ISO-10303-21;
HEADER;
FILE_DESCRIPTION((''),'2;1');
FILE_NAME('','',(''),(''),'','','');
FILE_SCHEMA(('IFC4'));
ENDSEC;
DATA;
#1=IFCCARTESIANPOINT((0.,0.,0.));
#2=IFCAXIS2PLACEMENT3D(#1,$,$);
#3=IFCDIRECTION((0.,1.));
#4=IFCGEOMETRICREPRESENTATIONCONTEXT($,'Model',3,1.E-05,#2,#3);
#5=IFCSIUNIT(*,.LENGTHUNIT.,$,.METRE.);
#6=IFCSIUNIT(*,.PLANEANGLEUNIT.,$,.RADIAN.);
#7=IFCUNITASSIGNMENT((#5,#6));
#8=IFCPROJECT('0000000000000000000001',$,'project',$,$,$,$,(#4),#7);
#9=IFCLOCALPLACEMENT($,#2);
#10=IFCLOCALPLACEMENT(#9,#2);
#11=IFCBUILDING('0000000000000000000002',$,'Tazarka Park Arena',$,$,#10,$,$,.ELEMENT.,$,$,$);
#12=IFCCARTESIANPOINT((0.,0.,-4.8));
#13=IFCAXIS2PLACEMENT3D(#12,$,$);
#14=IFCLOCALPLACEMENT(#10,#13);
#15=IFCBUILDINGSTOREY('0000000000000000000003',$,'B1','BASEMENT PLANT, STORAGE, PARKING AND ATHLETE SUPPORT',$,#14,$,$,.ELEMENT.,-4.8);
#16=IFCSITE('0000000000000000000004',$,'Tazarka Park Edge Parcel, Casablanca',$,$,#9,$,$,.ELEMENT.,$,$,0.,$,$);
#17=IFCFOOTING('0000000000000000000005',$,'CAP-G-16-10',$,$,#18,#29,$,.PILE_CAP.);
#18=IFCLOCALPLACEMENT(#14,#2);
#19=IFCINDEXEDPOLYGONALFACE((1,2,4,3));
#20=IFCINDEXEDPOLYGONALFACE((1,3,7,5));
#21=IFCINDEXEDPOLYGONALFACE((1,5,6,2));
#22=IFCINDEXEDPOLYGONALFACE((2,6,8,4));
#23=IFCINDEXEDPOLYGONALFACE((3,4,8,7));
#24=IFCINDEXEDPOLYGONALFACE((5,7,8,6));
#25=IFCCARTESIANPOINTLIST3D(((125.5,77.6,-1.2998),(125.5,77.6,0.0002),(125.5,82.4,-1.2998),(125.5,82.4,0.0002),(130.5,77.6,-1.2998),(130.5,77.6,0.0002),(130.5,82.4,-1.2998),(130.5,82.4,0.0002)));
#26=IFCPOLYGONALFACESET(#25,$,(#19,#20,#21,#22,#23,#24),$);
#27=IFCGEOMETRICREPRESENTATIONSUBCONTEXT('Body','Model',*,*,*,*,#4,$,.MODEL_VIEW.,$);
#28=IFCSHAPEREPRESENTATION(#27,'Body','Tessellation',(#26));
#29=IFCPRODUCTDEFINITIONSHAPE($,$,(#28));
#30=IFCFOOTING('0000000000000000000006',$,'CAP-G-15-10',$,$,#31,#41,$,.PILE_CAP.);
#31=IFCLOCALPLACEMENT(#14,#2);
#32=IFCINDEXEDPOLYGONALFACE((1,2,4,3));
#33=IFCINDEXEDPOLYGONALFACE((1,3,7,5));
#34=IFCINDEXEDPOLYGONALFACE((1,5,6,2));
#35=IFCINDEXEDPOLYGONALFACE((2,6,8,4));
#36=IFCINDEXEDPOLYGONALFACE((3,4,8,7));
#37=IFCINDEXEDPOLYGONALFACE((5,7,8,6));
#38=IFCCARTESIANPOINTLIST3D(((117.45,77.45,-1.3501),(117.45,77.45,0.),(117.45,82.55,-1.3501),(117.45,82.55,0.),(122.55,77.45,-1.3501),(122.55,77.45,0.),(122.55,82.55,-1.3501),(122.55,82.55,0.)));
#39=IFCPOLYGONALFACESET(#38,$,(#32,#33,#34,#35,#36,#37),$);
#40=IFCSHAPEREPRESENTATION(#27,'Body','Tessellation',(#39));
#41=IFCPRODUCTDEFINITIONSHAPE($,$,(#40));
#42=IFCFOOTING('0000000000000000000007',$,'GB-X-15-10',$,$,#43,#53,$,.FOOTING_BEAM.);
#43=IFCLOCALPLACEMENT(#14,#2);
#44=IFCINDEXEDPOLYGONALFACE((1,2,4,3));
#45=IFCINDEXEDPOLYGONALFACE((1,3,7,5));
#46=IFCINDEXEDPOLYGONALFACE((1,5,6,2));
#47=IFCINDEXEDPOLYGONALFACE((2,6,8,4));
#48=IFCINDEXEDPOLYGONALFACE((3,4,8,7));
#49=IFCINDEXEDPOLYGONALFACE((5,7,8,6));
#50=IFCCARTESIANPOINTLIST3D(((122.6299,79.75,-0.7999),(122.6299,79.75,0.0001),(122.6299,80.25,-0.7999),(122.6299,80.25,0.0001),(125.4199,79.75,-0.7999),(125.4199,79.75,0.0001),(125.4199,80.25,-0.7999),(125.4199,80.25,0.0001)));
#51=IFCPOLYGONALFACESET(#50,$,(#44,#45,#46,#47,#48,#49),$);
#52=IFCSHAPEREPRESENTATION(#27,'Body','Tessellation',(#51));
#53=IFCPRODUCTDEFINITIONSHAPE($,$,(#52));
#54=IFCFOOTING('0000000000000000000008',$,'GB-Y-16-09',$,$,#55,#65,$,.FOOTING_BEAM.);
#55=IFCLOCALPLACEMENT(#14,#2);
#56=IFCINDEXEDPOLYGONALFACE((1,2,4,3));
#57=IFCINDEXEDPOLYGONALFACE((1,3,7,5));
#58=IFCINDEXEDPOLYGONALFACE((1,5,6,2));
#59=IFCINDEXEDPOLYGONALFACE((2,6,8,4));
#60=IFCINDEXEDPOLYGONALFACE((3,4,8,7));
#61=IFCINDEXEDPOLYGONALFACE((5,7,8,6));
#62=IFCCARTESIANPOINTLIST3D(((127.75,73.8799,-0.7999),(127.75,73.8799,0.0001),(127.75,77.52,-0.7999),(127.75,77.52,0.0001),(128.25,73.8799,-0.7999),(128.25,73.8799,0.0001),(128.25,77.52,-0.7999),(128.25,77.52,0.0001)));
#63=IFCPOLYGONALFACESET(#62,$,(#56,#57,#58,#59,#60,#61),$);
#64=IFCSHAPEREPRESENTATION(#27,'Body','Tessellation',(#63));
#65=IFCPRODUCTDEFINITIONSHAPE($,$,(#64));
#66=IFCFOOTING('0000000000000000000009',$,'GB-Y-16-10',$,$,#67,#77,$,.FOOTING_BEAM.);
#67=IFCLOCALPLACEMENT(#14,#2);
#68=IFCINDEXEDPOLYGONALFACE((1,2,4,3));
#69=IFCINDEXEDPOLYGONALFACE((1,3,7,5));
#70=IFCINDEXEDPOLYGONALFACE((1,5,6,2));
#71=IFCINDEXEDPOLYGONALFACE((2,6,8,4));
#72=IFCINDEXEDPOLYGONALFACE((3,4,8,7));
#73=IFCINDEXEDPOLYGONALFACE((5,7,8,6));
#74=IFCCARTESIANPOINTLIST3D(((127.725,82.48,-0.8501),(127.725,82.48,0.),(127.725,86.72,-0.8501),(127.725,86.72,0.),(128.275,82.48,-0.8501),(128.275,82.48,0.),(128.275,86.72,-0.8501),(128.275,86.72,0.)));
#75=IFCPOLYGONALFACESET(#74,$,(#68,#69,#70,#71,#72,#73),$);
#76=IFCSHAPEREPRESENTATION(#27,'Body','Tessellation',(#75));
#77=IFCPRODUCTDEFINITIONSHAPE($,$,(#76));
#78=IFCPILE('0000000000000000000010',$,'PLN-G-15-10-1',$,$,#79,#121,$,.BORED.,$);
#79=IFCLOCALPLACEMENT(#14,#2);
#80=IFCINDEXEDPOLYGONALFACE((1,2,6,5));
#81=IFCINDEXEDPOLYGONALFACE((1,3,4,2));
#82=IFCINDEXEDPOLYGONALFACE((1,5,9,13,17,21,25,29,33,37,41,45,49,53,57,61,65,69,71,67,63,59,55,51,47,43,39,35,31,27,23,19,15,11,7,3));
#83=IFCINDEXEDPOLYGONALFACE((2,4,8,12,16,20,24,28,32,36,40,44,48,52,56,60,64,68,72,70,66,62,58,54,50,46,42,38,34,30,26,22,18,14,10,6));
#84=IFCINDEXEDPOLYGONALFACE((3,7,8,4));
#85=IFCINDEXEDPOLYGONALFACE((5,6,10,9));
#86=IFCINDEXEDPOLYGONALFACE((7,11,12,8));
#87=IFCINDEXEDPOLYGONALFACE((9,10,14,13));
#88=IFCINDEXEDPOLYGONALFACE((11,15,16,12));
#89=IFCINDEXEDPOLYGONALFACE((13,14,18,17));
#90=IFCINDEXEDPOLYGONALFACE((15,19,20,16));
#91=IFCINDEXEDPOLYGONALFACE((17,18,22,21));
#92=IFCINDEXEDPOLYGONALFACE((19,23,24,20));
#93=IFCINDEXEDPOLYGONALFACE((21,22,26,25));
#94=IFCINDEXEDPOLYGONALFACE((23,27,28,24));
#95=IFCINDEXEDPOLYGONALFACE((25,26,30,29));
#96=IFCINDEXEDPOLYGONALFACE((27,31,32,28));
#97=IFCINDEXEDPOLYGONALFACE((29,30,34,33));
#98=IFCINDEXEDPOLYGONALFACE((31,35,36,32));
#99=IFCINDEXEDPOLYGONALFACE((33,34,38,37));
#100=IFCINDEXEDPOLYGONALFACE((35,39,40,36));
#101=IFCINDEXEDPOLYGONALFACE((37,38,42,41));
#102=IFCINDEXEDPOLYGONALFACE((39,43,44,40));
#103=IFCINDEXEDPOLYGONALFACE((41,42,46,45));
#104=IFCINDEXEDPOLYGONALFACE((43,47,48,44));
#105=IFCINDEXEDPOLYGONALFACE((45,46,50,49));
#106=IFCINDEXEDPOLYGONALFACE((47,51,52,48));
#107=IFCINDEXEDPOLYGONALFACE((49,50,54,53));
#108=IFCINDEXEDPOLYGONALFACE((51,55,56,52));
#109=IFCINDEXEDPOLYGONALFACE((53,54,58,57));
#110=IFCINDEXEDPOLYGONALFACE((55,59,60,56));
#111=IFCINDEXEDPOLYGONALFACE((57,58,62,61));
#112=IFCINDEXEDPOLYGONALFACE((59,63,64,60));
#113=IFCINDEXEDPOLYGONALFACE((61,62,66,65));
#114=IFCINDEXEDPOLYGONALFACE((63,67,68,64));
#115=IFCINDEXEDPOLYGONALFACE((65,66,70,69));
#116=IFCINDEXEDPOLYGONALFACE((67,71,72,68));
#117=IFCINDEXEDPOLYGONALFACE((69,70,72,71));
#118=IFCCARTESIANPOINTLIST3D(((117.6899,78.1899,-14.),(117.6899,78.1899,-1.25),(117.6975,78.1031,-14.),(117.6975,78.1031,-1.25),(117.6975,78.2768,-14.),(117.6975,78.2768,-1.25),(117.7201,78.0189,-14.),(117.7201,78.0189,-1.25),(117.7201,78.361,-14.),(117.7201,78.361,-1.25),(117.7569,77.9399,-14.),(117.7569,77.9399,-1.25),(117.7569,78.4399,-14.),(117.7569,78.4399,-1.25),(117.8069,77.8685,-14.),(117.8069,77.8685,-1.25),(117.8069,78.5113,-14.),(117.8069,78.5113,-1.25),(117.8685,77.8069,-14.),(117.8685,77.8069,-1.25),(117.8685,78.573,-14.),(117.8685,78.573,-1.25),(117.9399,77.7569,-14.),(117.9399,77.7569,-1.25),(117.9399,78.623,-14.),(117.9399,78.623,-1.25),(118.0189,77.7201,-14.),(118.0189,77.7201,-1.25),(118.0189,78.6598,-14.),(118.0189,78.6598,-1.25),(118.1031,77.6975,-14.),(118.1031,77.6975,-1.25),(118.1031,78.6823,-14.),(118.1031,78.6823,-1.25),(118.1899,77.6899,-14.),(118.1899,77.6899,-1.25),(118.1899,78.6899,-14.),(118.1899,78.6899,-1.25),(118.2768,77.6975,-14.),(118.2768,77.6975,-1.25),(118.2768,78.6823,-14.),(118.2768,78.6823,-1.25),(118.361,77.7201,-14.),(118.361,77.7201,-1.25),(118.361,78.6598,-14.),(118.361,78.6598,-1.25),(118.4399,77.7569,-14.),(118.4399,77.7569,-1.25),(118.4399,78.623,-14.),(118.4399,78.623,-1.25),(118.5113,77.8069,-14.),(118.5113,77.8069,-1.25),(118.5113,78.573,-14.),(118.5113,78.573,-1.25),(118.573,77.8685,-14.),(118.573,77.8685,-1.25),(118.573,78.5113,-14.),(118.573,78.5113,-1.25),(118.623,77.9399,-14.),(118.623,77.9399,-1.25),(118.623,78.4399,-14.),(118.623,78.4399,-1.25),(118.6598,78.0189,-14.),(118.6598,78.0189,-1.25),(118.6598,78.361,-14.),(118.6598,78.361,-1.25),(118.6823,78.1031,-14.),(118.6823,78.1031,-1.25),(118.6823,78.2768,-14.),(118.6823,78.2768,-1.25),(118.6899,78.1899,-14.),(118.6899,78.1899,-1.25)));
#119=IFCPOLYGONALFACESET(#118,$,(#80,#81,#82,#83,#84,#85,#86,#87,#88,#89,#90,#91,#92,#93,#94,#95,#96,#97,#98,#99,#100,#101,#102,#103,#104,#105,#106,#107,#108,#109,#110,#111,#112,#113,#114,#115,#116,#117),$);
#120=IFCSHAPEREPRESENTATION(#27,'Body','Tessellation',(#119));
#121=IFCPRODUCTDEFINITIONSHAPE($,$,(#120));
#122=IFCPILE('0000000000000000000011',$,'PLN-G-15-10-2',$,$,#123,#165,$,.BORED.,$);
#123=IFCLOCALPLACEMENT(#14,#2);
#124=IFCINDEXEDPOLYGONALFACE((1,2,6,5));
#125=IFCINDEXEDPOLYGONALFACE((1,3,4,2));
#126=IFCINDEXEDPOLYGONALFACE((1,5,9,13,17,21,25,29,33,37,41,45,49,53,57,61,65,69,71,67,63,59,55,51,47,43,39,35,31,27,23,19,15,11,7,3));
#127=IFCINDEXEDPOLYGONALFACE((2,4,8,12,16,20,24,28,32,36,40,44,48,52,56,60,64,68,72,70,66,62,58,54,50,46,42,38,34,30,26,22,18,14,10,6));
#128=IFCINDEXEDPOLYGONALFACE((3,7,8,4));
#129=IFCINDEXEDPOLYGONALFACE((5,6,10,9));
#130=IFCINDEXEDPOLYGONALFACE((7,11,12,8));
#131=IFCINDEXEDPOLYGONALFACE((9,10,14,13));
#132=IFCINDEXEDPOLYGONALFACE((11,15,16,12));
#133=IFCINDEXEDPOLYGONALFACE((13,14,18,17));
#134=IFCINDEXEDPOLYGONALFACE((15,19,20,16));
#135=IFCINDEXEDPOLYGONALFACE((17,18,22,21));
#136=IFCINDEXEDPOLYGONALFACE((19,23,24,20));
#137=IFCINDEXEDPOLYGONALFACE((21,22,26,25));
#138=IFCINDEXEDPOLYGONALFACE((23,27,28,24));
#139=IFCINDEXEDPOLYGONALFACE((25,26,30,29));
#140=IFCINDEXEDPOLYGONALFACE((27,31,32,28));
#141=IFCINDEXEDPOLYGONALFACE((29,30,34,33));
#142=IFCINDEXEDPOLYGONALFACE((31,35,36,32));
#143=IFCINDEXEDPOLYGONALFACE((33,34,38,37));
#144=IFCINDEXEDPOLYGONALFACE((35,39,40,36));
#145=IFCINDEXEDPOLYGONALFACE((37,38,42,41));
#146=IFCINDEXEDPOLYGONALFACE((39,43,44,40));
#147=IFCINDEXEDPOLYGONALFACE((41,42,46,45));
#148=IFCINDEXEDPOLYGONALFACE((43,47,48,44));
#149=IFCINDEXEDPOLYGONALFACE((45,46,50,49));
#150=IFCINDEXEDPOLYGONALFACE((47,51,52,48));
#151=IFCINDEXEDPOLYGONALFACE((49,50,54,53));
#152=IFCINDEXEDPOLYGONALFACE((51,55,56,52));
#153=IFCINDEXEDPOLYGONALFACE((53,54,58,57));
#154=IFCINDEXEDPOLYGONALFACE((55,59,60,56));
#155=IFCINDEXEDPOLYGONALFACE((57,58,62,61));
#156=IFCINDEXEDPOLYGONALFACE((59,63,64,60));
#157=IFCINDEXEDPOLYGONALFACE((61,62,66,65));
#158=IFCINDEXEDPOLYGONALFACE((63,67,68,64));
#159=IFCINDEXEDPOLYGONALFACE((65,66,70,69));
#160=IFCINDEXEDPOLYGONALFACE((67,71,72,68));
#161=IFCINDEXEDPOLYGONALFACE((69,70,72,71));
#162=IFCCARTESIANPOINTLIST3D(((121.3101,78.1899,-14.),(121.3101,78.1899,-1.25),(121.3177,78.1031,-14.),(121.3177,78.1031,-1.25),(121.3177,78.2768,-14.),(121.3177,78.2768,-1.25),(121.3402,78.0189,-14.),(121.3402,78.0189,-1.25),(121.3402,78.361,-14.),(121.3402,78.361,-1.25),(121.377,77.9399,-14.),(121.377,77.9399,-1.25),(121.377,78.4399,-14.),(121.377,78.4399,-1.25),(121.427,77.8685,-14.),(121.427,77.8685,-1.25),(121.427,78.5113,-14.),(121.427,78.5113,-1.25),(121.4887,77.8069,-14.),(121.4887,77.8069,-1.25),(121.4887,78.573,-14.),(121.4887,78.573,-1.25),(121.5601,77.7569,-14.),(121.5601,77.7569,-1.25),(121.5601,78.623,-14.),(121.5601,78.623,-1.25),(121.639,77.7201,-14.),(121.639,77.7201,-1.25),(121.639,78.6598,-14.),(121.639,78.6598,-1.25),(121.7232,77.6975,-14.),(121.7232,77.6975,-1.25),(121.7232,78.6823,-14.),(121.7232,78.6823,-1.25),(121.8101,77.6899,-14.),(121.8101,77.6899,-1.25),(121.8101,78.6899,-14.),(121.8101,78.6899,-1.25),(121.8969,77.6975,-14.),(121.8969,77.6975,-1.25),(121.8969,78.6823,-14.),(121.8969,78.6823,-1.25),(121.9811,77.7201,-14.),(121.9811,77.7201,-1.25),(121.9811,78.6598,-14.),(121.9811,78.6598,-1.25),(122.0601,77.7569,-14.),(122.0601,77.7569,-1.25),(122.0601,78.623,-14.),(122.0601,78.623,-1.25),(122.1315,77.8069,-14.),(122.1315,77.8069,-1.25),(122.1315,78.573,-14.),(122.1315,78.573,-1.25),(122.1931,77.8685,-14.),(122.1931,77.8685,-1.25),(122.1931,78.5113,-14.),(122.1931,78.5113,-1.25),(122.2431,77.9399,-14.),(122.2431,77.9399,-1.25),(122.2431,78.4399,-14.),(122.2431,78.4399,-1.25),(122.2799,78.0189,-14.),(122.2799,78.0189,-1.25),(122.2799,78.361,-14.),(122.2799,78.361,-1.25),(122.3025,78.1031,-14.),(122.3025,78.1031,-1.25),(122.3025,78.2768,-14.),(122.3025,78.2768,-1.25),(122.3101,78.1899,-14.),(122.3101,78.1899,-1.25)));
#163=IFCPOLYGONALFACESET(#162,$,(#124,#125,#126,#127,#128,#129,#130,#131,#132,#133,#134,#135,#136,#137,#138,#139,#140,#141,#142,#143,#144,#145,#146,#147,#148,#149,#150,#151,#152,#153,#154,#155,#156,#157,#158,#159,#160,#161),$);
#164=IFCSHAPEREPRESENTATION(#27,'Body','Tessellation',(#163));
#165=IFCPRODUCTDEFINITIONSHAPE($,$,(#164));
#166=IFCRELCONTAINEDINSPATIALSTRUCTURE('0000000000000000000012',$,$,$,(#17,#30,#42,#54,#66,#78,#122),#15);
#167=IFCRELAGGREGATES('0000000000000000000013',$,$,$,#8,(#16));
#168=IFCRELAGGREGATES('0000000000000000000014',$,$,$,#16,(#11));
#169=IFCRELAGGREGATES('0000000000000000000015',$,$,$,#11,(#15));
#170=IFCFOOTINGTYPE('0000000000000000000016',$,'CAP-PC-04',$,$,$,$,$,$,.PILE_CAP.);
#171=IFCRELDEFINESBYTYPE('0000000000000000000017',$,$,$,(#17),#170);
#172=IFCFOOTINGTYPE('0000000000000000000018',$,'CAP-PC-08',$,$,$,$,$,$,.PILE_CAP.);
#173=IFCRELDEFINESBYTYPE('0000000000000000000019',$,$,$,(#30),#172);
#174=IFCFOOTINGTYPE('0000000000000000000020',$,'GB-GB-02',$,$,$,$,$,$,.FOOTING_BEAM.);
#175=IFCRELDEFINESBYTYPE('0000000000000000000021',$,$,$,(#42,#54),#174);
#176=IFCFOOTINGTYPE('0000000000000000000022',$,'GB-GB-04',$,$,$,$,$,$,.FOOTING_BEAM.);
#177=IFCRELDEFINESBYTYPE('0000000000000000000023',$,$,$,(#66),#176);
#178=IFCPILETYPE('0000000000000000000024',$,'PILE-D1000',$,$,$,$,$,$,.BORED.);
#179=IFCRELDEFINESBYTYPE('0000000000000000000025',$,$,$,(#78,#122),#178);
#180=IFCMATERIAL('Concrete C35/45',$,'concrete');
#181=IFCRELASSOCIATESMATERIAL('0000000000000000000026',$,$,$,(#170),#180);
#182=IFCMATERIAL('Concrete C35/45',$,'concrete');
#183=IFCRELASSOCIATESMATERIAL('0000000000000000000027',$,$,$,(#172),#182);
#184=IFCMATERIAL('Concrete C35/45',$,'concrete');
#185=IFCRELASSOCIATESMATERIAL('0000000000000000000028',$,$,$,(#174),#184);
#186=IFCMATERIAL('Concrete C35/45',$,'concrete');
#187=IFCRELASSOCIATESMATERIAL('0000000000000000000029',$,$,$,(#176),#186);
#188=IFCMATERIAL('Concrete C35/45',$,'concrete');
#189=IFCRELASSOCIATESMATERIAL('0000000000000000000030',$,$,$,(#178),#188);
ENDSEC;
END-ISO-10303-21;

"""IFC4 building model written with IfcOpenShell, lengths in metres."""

from ifc_helpers import new_model, si_unit, direction, frame, origin, origin_2d, place, context, subcontext, project, spatial, rectangle, circle, extrude, material, material_profile, profile_set, type_object, element, save


model = new_model("IFC4")

# Units and contexts
model_context = context("Model", 3, precision=1e-05, world=origin(), true_north=direction((0.0, 1.0)))
body_context = subcontext(model_context, "Body", "Model", "MODEL_VIEW")
ifc_project = project(units=[si_unit("LENGTHUNIT", "METRE"), si_unit("PLANEANGLEUNIT", "RADIAN")], contexts=[model_context])

# Site, building, storey
site_placement = place(None, origin())
site = spatial("IfcSite", under=ifc_project, at=site_placement, Name="Tazarka Park Edge Parcel, Casablanca", CompositionType="ELEMENT", RefElevation=0.0)
building_placement = place(site_placement, origin())
building = spatial("IfcBuilding", under=site, at=building_placement, Name="Tazarka Park Arena", CompositionType="ELEMENT")
storey_placement = place(building_placement, frame((0.0, 0.0, -4.8)))
storey = spatial("IfcBuildingStorey", under=building, at=storey_placement, Name="B1", Description="BASEMENT PLANT, STORAGE, PARKING AND ATHLETE SUPPORT", CompositionType="ELEMENT", Elevation=-4.8)

# Footings
ifc_material_1 = material(Name="Concrete C35/45", Category="concrete")
footing_type_1 = type_object("IfcFootingType", Name="CAP-PC-04", PredefinedType="PILE_CAP", material=ifc_material_1)
footing_1_placement = place(storey_placement, frame((128.0, 80.0, -1.2998), z_axis=(0.0, 0.0, 1.0), x_axis=(1.0, 0.0, 0.0)))
element("IfcFooting", 1, at=footing_1_placement, inside=storey, type_object=footing_type_1, Name="CAP-G-16-10", PredefinedType="PILE_CAP", context=body_context, shape_type="SweptSolid", body=[
    extrude(rectangle(XDim=5.0, YDim=4.8, at=origin_2d()), origin(), (0.0, 0.0, 1.0), 1.3),
])
ifc_material_2 = material(Name="Concrete C35/45", Category="concrete")
footing_type_2 = type_object("IfcFootingType", Name="CAP-PC-08", PredefinedType="PILE_CAP", material=ifc_material_2)
footing_2_placement = place(storey_placement, frame((120.0, 80.0, -1.3501), z_axis=(0.0, 0.0, 1.0), x_axis=(1.0, 0.0, 0.0)))
element("IfcFooting", 2, at=footing_2_placement, inside=storey, type_object=footing_type_2, Name="CAP-G-15-10", PredefinedType="PILE_CAP", context=body_context, shape_type="SweptSolid", body=[
    extrude(rectangle(XDim=5.1001, YDim=5.1001, at=origin_2d()), origin(), (0.0, 0.0, 1.0), 1.3501),
])
ifc_material_3 = material(Name="Concrete C35/45", Category="concrete")
ifc_material_profile_1 = material_profile(ifc_material_3, rectangle(XDim=0.5, YDim=0.8, at=origin_2d()), Name="Concrete C35/45")
ifc_profile_set_1 = profile_set([ifc_material_profile_1], Name="Concrete C35/45")
footing_type_3 = type_object("IfcFootingType", Name="GB-GB-02", PredefinedType="FOOTING_BEAM", material=ifc_profile_set_1)
footing_3_placement = place(storey_placement, frame((122.6299, 80.0, -0.3999), z_axis=(1.0, 0.0, 0.0), x_axis=(0.0, 1.0, 0.0)))
element("IfcFooting", 3, at=footing_3_placement, inside=storey, type_object=footing_type_3, Name="GB-X-15-10", PredefinedType="FOOTING_BEAM", context=body_context, shape_type="SweptSolid", body=[
    extrude(rectangle(XDim=0.5, YDim=0.8, at=origin_2d()), origin(), (0.0, 0.0, 1.0), 2.79),
])
footing_4_placement = place(storey_placement, frame((128.0, 73.8799, -0.3999), z_axis=(0.0, 1.0, 0.0), x_axis=(-1.0, 0.0, 0.0)))
element("IfcFooting", 4, at=footing_4_placement, inside=storey, type_object=footing_type_3, Name="GB-Y-16-09", PredefinedType="FOOTING_BEAM", context=body_context, shape_type="SweptSolid", body=[
    extrude(rectangle(XDim=0.5, YDim=0.8, at=origin_2d()), origin(), (0.0, 0.0, 1.0), 3.6401),
])
ifc_material_4 = material(Name="Concrete C35/45", Category="concrete")
ifc_material_profile_2 = material_profile(ifc_material_4, rectangle(XDim=0.55, YDim=0.8501, at=origin_2d()), Name="Concrete C35/45")
ifc_profile_set_2 = profile_set([ifc_material_profile_2], Name="Concrete C35/45")
footing_type_4 = type_object("IfcFootingType", Name="GB-GB-04", PredefinedType="FOOTING_BEAM", material=ifc_profile_set_2)
footing_5_placement = place(storey_placement, frame((128.0, 82.48, -0.425), z_axis=(0.0, 1.0, 0.0), x_axis=(-1.0, 0.0, 0.0)))
element("IfcFooting", 5, at=footing_5_placement, inside=storey, type_object=footing_type_4, Name="GB-Y-16-10", PredefinedType="FOOTING_BEAM", context=body_context, shape_type="SweptSolid", body=[
    extrude(rectangle(XDim=0.55, YDim=0.8501, at=origin_2d()), origin(), (0.0, 0.0, 1.0), 4.24),
])

# Piles
ifc_material_5 = material(Name="Concrete C35/45", Category="concrete")
ifc_material_profile_3 = material_profile(ifc_material_5, circle(Radius=0.5, at=origin_2d()), Name="Concrete C35/45")
ifc_profile_set_3 = profile_set([ifc_material_profile_3], Name="Concrete C35/45")
pile_type_1 = type_object("IfcPileType", Name="PILE-D1000", PredefinedType="BORED", material=ifc_profile_set_3)
for number, where, z_axis, x_axis, name in (
    (6, (118.1899, 78.1899, -1.25), (0.0, 0.0, -1.0), (1.0, 0.0, 0.0), "PLN-G-15-10-1"),
    (7, (121.8101, 78.1899, -1.25), (0.0, 0.0, -1.0), (1.0, 0.0, 0.0), "PLN-G-15-10-2"),
):
    element("IfcPile", number, at=place(storey_placement, frame(where, z_axis=z_axis, x_axis=x_axis)), inside=storey, type_object=pile_type_1, Name=name, PredefinedType="BORED", context=body_context, shape_type="SweptSolid", body=[
        extrude(circle(Radius=0.5, at=origin_2d()), origin(), (0.0, 0.0, 1.0), 12.75),
    ])

save(model, "model.ifc")
